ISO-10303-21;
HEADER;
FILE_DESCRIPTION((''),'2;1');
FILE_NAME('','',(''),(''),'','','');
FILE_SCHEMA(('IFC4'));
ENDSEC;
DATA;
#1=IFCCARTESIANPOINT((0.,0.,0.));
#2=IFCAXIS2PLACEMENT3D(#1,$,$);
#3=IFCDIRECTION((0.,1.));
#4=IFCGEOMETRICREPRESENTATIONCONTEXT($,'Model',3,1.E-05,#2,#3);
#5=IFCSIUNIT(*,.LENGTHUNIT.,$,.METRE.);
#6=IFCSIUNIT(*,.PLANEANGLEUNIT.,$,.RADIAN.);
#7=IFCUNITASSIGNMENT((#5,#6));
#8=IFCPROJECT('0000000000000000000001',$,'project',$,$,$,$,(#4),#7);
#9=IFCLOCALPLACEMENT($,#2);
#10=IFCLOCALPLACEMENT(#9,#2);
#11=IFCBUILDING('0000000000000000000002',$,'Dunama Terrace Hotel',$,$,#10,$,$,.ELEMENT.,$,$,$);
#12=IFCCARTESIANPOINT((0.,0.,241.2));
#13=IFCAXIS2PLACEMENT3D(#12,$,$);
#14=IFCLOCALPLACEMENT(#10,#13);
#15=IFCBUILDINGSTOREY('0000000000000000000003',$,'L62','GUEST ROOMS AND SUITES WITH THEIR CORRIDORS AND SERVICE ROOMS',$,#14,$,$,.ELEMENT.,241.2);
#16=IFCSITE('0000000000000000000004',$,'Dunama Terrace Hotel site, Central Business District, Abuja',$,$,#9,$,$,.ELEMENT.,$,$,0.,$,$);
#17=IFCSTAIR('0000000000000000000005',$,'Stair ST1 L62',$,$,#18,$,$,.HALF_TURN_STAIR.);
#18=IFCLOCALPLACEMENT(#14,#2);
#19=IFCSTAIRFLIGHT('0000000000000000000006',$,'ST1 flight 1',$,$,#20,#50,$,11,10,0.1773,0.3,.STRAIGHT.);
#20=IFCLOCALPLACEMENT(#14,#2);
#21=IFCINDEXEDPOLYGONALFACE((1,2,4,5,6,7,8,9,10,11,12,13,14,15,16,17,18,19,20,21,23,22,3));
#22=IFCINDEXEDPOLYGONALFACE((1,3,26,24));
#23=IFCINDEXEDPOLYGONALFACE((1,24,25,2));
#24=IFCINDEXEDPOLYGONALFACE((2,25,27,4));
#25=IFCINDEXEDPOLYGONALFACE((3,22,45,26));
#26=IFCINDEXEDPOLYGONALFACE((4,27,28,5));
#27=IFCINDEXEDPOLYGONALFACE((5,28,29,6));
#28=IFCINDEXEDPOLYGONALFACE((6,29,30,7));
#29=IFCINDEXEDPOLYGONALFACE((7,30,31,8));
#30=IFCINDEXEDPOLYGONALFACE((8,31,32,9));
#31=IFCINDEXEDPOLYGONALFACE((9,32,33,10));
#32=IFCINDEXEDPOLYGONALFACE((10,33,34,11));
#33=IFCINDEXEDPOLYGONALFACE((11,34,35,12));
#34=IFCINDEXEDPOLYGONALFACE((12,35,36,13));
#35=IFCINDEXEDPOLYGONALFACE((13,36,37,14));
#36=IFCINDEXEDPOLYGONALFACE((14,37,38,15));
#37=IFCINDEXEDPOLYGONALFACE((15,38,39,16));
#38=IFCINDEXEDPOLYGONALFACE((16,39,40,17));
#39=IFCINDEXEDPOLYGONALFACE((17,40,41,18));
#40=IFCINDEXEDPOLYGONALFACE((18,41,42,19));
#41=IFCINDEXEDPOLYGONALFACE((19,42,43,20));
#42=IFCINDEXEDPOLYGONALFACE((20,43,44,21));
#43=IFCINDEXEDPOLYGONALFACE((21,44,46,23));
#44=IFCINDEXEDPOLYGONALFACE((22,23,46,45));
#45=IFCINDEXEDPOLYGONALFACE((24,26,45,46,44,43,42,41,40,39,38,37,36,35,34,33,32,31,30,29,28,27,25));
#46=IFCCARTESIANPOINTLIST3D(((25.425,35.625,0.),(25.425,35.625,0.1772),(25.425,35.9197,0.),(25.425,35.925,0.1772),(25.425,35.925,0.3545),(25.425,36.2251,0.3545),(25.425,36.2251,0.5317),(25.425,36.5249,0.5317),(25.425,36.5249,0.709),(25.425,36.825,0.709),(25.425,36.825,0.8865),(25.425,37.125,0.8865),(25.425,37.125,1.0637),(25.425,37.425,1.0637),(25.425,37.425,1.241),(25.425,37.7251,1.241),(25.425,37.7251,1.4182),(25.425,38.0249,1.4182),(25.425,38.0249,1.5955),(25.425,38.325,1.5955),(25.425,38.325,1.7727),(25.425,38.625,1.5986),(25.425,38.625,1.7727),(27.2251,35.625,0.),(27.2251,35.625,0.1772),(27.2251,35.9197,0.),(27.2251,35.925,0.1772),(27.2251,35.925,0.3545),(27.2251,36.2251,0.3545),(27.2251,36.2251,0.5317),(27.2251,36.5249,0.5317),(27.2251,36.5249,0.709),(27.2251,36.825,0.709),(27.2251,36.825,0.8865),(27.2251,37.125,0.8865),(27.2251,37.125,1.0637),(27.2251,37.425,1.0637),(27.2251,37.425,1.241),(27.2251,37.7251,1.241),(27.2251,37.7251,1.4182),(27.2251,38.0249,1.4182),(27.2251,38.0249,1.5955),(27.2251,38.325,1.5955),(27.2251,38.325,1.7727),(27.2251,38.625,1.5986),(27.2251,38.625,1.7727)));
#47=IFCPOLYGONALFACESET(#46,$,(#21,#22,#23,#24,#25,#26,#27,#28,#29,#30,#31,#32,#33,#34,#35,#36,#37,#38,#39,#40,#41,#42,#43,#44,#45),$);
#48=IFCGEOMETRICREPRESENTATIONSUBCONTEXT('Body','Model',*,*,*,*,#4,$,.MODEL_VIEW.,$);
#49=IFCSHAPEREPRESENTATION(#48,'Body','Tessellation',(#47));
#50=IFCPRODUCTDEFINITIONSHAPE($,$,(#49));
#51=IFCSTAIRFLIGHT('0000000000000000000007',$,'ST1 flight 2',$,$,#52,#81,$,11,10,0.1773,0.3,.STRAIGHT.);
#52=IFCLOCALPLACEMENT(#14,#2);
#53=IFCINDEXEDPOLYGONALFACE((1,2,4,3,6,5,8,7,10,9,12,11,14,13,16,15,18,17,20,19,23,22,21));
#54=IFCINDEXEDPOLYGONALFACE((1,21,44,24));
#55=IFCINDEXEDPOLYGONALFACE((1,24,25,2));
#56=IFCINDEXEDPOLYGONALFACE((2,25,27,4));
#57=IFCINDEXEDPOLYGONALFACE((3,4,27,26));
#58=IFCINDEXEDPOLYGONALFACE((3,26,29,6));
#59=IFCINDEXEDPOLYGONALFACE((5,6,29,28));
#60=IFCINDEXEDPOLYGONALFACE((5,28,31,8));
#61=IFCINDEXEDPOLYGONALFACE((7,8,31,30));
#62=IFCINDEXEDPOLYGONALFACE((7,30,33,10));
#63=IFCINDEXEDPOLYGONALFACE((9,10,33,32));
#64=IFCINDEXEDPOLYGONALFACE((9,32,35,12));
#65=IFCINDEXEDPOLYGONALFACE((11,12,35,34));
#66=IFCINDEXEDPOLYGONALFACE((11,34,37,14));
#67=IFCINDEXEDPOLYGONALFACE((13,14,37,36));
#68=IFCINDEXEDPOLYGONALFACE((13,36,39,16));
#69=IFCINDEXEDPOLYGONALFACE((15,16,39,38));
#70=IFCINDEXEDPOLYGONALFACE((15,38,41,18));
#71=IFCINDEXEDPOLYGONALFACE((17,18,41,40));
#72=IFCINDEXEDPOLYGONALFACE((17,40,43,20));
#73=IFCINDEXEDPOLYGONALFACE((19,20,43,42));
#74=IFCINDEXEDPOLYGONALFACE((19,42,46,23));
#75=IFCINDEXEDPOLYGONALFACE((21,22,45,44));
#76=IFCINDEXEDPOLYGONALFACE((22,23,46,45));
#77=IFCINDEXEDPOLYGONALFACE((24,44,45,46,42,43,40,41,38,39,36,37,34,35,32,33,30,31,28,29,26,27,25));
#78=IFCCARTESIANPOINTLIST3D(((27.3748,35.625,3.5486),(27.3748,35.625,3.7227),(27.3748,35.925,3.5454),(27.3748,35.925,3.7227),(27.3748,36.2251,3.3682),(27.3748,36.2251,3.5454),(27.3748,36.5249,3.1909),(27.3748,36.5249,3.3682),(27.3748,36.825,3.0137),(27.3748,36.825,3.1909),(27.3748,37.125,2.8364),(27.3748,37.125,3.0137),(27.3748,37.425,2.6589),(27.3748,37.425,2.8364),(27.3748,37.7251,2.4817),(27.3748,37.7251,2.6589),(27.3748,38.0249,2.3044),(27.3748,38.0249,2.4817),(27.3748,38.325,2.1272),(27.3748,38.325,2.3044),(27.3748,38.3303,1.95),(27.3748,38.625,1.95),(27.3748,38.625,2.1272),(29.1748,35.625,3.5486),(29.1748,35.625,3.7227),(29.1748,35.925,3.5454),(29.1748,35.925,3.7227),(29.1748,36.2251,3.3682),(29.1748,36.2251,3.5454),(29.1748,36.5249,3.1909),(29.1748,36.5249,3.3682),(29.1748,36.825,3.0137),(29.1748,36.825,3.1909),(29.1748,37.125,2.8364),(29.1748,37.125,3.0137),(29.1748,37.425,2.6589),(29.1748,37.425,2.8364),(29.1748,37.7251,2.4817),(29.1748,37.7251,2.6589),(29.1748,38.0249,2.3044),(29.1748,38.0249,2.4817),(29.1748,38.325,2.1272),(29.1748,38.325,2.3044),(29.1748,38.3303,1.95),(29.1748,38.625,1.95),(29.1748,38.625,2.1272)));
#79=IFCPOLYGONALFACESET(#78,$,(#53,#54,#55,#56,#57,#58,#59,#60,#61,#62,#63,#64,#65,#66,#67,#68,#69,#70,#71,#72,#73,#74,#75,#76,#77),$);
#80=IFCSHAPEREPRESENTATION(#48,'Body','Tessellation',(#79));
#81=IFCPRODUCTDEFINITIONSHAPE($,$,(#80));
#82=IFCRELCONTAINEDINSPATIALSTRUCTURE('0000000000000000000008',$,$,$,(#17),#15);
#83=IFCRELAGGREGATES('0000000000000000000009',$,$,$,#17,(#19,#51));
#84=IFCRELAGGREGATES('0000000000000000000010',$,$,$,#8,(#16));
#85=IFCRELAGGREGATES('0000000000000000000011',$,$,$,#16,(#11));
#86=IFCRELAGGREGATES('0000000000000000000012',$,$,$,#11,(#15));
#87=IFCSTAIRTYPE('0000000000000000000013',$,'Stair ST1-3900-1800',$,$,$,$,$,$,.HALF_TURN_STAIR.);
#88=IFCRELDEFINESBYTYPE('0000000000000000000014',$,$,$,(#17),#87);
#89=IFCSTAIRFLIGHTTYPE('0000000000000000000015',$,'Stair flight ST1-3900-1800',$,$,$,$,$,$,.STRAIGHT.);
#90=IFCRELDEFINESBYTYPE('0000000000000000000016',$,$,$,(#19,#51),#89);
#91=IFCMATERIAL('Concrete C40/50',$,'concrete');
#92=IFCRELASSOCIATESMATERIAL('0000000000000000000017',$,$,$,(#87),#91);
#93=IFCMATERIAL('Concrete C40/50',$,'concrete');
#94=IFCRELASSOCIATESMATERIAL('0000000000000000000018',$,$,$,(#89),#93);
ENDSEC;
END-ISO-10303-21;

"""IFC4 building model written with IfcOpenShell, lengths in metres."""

from ifc_helpers import new_model, si_unit, direction, frame, origin, place, context, subcontext, project, spatial, polyline, outline, extrude, material, type_object, element, aggregate, save


model = new_model("IFC4")

# Units and contexts
model_context = context("Model", 3, precision=1e-05, world=origin(), true_north=direction((0.0, 1.0)))
body_context = subcontext(model_context, "Body", "Model", "MODEL_VIEW")
ifc_project = project(units=[si_unit("LENGTHUNIT", "METRE"), si_unit("PLANEANGLEUNIT", "RADIAN")], contexts=[model_context])

# Site, building, storey
site_placement = place(None, origin())
site = spatial("IfcSite", under=ifc_project, at=site_placement, Name="Dunama Terrace Hotel site, Central Business District, Abuja", CompositionType="ELEMENT", RefElevation=0.0)
building_placement = place(site_placement, origin())
building = spatial("IfcBuilding", under=site, at=building_placement, Name="Dunama Terrace Hotel", CompositionType="ELEMENT")
storey_placement = place(building_placement, frame((0.0, 0.0, 241.2)))
storey = spatial("IfcBuildingStorey", under=building, at=storey_placement, Name="L62", Description="GUEST ROOMS AND SUITES WITH THEIR CORRIDORS AND SERVICE ROOMS", CompositionType="ELEMENT", Elevation=241.2)

# Stair, stair flights
ifc_material_1 = material(Name="Concrete C40/50", Category="concrete")
stair_type = type_object("IfcStairType", Name="Stair ST1-3900-1800", PredefinedType="HALF_TURN_STAIR", material=ifc_material_1)
stair_placement = place(storey_placement, origin())
stair = element("IfcStair", 1, at=stair_placement, inside=storey, type_object=stair_type, Name="Stair ST1 L62", PredefinedType="HALF_TURN_STAIR")
ifc_material_2 = material(Name="Concrete C40/50", Category="concrete")
stair_flight_type = type_object("IfcStairFlightType", Name="Stair flight ST1-3900-1800", PredefinedType="STRAIGHT", material=ifc_material_2)
stair_flight_1_placement = place(storey_placement, frame((26.325, 35.625, 0.0), z_axis=(0.0, 0.0, 1.0), x_axis=(0.0, 1.0, 0.0)))
stair_flight_1 = element("IfcStairFlight", 2, at=stair_flight_1_placement, type_object=stair_flight_type, Name="ST1 flight 1", NumberOfRisers=11, NumberOfTreads=10, PredefinedType="STRAIGHT", RiserHeight=0.1773, TreadLength=0.3, context=body_context, shape_type="SweptSolid", body=[
    extrude(outline(polyline([(0.0, 0.0), (0.0, 0.1772), (0.3, 0.1772), (0.3, 0.3545), (0.6001, 0.3545), (0.6001, 0.5317), (0.8999, 0.5317), (0.8999, 0.709), (1.2, 0.709), (1.2, 0.8865), (1.5, 0.8865), (1.5, 1.0637), (1.8, 1.0637), (1.8, 1.241), (2.1001, 1.241), (2.1001, 1.4182), (2.3999, 1.4182), (2.3999, 1.5955), (2.7, 1.5955), (2.7, 1.7727), (3.0, 1.7727), (3.0, 1.95), (3.0, 1.5986), (0.2947, 0.0), (0.0, 0.0)])), frame((0.0, 0.8999, 0.0), z_axis=(0.0, -1.0, 0.0), x_axis=(1.0, 0.0, 0.0)), (0.0, 0.0, 1.0), 1.8),
])
stair_flight_2_placement = place(storey_placement, frame((28.2749, 38.625, 1.95), z_axis=(0.0, 0.0, 1.0), x_axis=(0.0, -1.0, 0.0)))
stair_flight_2 = element("IfcStairFlight", 3, at=stair_flight_2_placement, type_object=stair_flight_type, Name="ST1 flight 2", NumberOfRisers=11, NumberOfTreads=10, PredefinedType="STRAIGHT", RiserHeight=0.1773, TreadLength=0.3, context=body_context, shape_type="SweptSolid", body=[
    extrude(outline(polyline([(0.0, 0.0), (0.0, 0.1772), (0.3, 0.1772), (0.3, 0.3545), (0.6001, 0.3545), (0.6001, 0.5317), (0.8999, 0.5317), (0.8999, 0.709), (1.2, 0.709), (1.2, 0.8865), (1.5, 0.8865), (1.5, 1.0637), (1.8, 1.0637), (1.8, 1.241), (2.1001, 1.241), (2.1001, 1.4182), (2.3999, 1.4182), (2.3999, 1.5955), (2.7, 1.5955), (2.7, 1.7727), (3.0, 1.7727), (3.0, 1.95), (3.0, 1.5986), (0.2947, 0.0), (0.0, 0.0)])), frame((0.0, 0.8999, 0.0), z_axis=(0.0, -1.0, 0.0), x_axis=(1.0, 0.0, 0.0)), (0.0, 0.0, 1.0), 1.8),
])
aggregate(stair, [stair_flight_1, stair_flight_2])

save(model, "model.ifc")
